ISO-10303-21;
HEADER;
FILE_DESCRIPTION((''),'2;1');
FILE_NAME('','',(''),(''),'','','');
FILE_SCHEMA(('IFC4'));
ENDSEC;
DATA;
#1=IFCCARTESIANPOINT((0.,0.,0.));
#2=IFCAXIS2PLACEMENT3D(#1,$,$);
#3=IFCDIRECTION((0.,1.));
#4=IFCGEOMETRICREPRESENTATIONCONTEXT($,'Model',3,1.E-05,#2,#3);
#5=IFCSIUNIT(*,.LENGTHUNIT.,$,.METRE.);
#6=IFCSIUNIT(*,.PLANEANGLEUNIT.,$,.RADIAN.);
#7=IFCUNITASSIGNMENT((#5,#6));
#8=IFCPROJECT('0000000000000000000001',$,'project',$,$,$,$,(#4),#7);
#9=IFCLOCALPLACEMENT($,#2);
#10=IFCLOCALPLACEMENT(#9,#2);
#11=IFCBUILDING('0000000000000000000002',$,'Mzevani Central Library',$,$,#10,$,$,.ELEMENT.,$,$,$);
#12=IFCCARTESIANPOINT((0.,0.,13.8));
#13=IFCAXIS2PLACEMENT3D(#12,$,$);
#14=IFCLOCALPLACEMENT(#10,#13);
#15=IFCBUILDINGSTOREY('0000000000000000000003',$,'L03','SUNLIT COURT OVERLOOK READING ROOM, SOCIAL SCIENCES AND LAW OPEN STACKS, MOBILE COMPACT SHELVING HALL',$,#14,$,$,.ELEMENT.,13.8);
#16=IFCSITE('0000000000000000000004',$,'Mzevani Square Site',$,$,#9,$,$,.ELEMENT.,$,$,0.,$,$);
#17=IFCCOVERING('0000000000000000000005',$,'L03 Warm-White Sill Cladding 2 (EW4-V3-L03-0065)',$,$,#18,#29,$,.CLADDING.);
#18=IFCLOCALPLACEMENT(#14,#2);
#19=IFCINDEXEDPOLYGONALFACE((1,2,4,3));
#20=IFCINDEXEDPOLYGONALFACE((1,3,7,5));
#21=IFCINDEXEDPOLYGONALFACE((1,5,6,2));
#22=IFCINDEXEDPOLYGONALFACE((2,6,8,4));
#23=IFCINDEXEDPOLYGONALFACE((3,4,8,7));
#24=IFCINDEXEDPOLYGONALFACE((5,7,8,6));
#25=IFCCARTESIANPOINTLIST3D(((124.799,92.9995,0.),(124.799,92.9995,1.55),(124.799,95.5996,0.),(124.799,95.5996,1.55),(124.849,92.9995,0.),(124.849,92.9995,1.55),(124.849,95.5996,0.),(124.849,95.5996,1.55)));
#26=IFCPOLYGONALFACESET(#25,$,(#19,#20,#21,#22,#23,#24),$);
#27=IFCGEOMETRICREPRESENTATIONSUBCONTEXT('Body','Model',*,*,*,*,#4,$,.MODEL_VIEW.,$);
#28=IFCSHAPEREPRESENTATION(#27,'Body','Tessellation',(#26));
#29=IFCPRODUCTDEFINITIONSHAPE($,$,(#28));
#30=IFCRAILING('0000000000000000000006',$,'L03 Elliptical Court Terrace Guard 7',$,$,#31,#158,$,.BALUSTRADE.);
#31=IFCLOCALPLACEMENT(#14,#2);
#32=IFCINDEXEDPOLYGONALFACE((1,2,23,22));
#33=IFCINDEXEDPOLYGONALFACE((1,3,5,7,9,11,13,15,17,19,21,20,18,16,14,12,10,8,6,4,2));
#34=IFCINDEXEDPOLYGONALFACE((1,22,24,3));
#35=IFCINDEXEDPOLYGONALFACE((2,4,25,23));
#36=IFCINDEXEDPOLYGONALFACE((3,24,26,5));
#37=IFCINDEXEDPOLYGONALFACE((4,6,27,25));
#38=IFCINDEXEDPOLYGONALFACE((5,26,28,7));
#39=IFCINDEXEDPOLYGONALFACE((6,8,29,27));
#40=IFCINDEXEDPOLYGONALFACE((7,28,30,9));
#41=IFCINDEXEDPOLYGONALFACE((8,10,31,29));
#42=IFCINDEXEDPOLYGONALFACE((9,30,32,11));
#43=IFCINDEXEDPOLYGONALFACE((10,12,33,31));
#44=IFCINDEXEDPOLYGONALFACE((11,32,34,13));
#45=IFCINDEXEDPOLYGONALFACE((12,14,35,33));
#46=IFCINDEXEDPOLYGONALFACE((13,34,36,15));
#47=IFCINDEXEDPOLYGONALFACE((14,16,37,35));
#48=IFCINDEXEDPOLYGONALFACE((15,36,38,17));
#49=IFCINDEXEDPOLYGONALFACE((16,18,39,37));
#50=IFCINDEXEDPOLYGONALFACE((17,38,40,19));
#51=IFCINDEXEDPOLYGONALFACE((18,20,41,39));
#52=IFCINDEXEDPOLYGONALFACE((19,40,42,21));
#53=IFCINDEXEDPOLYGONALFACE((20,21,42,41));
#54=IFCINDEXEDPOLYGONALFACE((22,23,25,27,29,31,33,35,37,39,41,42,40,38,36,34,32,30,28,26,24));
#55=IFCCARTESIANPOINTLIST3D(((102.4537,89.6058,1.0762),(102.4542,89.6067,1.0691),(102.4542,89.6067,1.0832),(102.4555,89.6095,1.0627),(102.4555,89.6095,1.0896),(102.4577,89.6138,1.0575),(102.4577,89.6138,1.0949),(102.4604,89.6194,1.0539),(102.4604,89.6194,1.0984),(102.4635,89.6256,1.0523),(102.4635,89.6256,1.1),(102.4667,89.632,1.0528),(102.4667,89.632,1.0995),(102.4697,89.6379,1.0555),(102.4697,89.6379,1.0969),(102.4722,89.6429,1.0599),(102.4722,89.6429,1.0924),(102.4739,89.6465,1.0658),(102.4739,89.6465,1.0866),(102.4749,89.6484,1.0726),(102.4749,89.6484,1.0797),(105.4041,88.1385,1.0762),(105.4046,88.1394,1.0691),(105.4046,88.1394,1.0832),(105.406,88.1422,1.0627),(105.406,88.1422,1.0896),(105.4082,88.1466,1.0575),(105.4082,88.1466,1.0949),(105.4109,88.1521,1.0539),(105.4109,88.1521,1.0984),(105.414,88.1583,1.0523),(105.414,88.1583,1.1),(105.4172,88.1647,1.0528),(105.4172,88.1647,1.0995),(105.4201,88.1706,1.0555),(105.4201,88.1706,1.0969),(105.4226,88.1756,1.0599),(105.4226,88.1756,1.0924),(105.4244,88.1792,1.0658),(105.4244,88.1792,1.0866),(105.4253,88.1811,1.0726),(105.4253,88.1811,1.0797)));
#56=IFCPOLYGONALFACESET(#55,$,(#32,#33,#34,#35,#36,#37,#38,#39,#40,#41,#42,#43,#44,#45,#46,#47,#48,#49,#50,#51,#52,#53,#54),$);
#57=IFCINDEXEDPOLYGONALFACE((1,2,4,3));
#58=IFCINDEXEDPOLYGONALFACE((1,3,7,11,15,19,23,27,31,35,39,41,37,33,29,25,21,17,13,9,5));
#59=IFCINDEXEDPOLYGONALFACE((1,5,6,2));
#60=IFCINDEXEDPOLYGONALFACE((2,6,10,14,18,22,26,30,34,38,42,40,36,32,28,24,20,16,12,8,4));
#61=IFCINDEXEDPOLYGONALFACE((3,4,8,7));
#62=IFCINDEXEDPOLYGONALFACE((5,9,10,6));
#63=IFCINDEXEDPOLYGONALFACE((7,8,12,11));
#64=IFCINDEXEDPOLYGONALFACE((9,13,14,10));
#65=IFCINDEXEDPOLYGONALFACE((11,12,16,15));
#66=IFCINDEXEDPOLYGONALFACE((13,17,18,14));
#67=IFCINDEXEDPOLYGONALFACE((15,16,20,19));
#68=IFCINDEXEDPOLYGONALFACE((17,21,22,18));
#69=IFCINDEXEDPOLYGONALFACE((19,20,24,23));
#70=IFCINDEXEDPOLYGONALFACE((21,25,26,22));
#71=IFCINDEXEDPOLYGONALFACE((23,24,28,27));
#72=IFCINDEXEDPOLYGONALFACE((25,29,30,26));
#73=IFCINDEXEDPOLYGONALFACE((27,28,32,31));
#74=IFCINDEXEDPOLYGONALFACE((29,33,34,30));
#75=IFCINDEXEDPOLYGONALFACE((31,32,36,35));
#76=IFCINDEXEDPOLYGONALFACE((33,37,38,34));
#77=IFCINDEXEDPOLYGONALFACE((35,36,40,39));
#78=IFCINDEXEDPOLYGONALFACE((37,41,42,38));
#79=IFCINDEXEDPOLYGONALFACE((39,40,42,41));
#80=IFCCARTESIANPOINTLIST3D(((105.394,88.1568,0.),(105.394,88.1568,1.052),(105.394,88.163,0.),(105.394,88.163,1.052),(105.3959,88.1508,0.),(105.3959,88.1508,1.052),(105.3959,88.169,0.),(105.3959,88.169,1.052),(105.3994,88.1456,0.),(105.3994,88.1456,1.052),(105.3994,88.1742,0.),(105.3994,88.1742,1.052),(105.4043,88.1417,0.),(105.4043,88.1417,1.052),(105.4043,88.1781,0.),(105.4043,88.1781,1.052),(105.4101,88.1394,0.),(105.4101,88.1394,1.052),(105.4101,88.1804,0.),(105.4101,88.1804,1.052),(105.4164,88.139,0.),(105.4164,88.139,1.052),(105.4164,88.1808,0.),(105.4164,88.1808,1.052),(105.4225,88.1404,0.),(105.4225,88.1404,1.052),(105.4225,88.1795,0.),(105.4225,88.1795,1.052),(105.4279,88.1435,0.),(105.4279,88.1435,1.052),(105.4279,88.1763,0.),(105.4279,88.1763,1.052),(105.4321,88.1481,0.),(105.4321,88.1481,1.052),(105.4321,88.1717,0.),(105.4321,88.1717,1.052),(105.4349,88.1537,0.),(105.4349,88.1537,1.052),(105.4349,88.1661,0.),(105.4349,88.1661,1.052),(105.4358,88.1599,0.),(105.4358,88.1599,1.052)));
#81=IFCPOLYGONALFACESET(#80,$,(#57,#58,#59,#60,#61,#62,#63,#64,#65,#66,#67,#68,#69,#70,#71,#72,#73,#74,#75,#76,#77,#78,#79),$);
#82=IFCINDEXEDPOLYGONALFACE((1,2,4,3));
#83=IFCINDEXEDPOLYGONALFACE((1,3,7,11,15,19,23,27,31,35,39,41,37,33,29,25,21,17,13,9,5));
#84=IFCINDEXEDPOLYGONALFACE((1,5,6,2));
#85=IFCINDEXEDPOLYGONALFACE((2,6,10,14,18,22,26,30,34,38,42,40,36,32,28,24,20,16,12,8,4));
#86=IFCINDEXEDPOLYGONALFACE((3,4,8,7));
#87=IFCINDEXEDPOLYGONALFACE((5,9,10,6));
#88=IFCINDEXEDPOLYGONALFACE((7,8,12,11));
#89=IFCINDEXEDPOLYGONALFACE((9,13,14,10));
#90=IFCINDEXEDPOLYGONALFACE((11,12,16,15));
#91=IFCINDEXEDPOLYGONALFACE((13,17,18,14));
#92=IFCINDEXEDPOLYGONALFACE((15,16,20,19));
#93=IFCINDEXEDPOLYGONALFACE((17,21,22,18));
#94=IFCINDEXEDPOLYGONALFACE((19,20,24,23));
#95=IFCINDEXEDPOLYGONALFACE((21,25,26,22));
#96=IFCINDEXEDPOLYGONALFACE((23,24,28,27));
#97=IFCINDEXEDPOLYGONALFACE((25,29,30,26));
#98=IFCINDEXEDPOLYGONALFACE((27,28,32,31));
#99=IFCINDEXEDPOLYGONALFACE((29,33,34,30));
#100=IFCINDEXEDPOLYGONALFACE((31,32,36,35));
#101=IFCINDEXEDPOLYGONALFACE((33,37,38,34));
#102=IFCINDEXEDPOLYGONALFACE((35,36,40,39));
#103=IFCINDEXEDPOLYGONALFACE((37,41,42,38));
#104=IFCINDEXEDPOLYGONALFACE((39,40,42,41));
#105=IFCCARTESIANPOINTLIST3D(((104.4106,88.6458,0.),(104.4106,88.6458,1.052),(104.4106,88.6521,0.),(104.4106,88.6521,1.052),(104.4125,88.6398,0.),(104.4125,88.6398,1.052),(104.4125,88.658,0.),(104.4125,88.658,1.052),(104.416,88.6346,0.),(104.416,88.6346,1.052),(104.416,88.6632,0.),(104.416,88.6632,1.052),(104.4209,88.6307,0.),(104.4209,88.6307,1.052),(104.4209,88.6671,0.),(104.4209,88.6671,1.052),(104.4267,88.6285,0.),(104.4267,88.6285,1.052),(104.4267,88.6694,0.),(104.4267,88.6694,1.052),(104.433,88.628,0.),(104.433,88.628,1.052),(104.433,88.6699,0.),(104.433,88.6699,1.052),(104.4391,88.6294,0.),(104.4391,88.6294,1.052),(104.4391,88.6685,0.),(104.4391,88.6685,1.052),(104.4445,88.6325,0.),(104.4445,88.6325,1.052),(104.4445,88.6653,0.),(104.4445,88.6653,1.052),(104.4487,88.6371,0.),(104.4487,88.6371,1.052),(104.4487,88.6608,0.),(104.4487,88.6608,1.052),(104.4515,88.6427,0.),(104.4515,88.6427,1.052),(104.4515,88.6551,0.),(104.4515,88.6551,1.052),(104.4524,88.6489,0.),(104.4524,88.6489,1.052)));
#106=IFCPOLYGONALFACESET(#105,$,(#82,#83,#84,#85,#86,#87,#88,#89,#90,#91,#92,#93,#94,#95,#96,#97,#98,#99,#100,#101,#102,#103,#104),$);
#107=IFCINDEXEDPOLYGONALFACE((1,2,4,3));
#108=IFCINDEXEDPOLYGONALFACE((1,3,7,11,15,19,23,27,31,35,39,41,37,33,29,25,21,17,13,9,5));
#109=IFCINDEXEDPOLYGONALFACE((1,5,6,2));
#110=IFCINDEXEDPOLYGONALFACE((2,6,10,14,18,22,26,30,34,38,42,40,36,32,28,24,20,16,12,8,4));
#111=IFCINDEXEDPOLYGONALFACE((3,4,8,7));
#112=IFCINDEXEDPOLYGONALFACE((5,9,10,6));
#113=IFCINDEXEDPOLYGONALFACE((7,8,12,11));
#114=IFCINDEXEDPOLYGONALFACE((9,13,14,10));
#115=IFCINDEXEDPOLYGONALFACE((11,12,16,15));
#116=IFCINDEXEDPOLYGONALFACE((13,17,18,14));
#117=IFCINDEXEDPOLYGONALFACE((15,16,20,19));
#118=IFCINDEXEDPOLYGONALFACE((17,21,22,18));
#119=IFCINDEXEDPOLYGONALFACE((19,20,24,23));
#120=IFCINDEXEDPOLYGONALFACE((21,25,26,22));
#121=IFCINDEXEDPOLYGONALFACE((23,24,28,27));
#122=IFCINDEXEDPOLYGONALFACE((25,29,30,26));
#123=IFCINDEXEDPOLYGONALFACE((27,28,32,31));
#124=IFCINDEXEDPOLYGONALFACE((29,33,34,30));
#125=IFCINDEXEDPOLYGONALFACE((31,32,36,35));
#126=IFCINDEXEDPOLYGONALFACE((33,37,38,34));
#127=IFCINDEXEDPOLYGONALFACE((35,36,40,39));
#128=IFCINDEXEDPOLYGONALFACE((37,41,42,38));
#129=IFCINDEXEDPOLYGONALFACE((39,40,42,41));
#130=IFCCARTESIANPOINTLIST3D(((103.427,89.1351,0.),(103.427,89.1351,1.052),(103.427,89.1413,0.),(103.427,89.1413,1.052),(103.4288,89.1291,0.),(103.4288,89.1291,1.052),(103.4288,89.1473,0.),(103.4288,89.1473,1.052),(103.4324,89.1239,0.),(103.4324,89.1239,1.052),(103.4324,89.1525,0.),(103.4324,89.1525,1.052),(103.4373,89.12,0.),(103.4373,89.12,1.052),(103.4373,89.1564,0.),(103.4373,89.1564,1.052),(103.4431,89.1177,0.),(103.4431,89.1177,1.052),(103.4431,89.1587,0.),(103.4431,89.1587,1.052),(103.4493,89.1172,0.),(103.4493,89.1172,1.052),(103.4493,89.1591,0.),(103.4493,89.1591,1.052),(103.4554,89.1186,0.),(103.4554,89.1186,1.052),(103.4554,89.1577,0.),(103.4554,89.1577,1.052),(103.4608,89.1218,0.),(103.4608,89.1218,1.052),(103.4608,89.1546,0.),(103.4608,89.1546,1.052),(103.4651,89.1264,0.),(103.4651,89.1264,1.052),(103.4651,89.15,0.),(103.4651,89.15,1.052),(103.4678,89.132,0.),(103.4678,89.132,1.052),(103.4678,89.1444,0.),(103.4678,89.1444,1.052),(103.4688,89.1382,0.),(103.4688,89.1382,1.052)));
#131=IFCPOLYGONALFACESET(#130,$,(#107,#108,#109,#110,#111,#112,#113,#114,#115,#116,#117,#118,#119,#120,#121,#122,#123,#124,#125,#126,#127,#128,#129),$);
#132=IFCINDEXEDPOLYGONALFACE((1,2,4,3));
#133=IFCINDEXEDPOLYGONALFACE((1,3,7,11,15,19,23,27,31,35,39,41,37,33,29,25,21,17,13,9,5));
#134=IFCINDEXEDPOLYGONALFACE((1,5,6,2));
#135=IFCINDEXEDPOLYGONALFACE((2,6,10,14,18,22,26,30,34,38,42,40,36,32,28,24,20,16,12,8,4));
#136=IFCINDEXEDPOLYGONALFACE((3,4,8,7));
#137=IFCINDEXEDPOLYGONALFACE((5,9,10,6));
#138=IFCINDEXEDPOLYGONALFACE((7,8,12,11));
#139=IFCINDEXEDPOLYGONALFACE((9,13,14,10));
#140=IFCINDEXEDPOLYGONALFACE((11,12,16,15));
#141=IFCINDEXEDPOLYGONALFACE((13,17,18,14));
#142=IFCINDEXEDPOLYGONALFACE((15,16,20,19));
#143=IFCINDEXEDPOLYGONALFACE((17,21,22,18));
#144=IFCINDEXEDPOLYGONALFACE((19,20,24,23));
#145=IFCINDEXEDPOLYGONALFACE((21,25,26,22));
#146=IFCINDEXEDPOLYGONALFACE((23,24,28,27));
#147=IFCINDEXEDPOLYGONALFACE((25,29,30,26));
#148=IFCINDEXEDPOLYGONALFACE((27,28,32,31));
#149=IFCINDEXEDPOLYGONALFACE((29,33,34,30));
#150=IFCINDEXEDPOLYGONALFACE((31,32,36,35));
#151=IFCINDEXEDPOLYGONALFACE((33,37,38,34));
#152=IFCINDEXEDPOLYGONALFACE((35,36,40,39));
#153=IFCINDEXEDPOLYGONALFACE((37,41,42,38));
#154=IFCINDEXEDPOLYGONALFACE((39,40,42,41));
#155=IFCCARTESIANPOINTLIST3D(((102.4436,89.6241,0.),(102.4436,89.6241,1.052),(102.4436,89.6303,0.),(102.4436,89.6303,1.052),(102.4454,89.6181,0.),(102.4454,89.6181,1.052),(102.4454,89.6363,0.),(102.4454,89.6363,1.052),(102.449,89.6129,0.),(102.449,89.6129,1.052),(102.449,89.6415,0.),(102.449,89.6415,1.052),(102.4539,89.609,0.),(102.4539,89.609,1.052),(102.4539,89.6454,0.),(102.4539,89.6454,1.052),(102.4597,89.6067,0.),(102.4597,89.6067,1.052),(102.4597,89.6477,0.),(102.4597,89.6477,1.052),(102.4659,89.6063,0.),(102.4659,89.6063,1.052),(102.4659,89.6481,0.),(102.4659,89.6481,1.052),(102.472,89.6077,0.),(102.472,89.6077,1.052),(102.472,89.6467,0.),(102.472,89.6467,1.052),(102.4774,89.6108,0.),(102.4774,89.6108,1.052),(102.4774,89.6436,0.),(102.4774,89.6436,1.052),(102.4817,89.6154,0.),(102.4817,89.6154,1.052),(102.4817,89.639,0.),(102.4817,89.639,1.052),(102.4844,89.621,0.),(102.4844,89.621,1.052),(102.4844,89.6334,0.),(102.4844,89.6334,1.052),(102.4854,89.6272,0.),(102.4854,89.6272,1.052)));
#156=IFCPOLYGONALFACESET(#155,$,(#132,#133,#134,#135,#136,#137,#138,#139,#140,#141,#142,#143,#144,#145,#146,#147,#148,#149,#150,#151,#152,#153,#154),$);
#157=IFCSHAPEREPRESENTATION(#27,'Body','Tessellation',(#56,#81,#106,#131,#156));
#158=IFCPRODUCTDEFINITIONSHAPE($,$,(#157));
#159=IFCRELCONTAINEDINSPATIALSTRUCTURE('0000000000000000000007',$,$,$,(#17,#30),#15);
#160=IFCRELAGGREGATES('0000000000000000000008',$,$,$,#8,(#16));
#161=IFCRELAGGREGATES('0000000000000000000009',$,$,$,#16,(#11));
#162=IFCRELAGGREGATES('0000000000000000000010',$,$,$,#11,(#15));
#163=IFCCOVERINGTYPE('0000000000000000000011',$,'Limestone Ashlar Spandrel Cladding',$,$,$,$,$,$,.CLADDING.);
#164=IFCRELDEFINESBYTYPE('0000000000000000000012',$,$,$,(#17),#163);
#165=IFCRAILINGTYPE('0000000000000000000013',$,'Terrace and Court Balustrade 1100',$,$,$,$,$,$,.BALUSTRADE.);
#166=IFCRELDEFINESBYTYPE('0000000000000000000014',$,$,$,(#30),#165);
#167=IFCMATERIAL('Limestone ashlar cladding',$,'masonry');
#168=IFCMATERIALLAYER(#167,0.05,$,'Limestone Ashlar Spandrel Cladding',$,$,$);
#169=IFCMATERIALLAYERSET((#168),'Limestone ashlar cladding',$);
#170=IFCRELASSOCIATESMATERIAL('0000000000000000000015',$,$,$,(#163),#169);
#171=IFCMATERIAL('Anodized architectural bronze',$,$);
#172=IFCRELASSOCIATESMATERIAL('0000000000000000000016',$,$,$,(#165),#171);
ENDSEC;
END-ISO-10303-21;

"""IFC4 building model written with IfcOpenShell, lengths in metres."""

from ifc_helpers import new_model, si_unit, direction, frame, origin, origin_2d, place, context, subcontext, project, spatial, rectangle, circle, extrude, material, layer, layer_set, type_object, element, save


model = new_model("IFC4")

# Units and contexts
model_context = context("Model", 3, precision=1e-05, world=origin(), true_north=direction((0.0, 1.0)))
body_context = subcontext(model_context, "Body", "Model", "MODEL_VIEW")
ifc_project = project(units=[si_unit("LENGTHUNIT", "METRE"), si_unit("PLANEANGLEUNIT", "RADIAN")], contexts=[model_context])

# Site, building, storey
site_placement = place(None, origin())
site = spatial("IfcSite", under=ifc_project, at=site_placement, Name="Mzevani Square Site", CompositionType="ELEMENT", RefElevation=0.0)
building_placement = place(site_placement, origin())
building = spatial("IfcBuilding", under=site, at=building_placement, Name="Mzevani Central Library", CompositionType="ELEMENT")
storey_placement = place(building_placement, frame((0.0, 0.0, 13.8)))
storey = spatial("IfcBuildingStorey", under=building, at=storey_placement, Name="L03", Description="SUNLIT COURT OVERLOOK READING ROOM, SOCIAL SCIENCES AND LAW OPEN STACKS, MOBILE COMPACT SHELVING HALL", CompositionType="ELEMENT", Elevation=13.8)

# Covering
ifc_material_1 = material(Name="Limestone ashlar cladding", Category="masonry")
ifc_layer_1 = layer(ifc_material_1, 0.05, Name="Limestone Ashlar Spandrel Cladding")
ifc_layer_set_1 = layer_set([ifc_layer_1], Name="Limestone ashlar cladding")
covering_type = type_object("IfcCoveringType", Name="Limestone Ashlar Spandrel Cladding", PredefinedType="CLADDING", material=ifc_layer_set_1)
covering_1_placement = place(storey_placement, frame((124.824, 94.2996, 0.0), z_axis=(0.0, 0.0, 1.0), x_axis=(0.0, -1.0, 0.0)))
element("IfcCovering", 1, at=covering_1_placement, inside=storey, type_object=covering_type, Name="L03 Warm-White Sill Cladding 2 (EW4-V3-L03-0065)", PredefinedType="CLADDING", context=body_context, shape_type="SweptSolid", body=[
    extrude(rectangle(XDim=2.6001, YDim=0.05, at=origin_2d()), origin(), (0.0, 0.0, 1.0), 1.55),
])

# Railing
ifc_material_2 = material(Name="Anodized architectural bronze")
railing_type = type_object("IfcRailingType", Name="Terrace and Court Balustrade 1100", PredefinedType="BALUSTRADE", material=ifc_material_2)
railing_placement = place(storey_placement, frame((105.4148, 88.1599, 0.0)))
element("IfcRailing", 2, at=railing_placement, inside=storey, type_object=railing_type, Name="L03 Elliptical Court Terrace Guard 7", PredefinedType="BALUSTRADE", context=body_context, shape_type="SweptSolid", body=[
    extrude(circle(Radius=0.0239, at=origin_2d()), frame((0.0, 0.0, 1.0762), z_axis=(-0.895388, 0.445286, 0.0), x_axis=(-0.445286, -0.895388, 0.0)), (0.0, 0.0, 1.0), 3.2952),
    extrude(circle(Radius=0.021, at=origin_2d()), origin(), (0.0, 0.0, 1.0), 1.052),
    extrude(circle(Radius=0.021, at=origin_2d()), frame((-0.9834, 0.489, 0.0)), (0.0, 0.0, 1.0), 1.052),
    extrude(circle(Radius=0.021, at=origin_2d()), frame((-1.967, 0.9783, 0.0)), (0.0, 0.0, 1.0), 1.052),
    extrude(circle(Radius=0.021, at=origin_2d()), frame((-2.9504, 1.4673, 0.0)), (0.0, 0.0, 1.0), 1.052),
])

save(model, "model.ifc")
